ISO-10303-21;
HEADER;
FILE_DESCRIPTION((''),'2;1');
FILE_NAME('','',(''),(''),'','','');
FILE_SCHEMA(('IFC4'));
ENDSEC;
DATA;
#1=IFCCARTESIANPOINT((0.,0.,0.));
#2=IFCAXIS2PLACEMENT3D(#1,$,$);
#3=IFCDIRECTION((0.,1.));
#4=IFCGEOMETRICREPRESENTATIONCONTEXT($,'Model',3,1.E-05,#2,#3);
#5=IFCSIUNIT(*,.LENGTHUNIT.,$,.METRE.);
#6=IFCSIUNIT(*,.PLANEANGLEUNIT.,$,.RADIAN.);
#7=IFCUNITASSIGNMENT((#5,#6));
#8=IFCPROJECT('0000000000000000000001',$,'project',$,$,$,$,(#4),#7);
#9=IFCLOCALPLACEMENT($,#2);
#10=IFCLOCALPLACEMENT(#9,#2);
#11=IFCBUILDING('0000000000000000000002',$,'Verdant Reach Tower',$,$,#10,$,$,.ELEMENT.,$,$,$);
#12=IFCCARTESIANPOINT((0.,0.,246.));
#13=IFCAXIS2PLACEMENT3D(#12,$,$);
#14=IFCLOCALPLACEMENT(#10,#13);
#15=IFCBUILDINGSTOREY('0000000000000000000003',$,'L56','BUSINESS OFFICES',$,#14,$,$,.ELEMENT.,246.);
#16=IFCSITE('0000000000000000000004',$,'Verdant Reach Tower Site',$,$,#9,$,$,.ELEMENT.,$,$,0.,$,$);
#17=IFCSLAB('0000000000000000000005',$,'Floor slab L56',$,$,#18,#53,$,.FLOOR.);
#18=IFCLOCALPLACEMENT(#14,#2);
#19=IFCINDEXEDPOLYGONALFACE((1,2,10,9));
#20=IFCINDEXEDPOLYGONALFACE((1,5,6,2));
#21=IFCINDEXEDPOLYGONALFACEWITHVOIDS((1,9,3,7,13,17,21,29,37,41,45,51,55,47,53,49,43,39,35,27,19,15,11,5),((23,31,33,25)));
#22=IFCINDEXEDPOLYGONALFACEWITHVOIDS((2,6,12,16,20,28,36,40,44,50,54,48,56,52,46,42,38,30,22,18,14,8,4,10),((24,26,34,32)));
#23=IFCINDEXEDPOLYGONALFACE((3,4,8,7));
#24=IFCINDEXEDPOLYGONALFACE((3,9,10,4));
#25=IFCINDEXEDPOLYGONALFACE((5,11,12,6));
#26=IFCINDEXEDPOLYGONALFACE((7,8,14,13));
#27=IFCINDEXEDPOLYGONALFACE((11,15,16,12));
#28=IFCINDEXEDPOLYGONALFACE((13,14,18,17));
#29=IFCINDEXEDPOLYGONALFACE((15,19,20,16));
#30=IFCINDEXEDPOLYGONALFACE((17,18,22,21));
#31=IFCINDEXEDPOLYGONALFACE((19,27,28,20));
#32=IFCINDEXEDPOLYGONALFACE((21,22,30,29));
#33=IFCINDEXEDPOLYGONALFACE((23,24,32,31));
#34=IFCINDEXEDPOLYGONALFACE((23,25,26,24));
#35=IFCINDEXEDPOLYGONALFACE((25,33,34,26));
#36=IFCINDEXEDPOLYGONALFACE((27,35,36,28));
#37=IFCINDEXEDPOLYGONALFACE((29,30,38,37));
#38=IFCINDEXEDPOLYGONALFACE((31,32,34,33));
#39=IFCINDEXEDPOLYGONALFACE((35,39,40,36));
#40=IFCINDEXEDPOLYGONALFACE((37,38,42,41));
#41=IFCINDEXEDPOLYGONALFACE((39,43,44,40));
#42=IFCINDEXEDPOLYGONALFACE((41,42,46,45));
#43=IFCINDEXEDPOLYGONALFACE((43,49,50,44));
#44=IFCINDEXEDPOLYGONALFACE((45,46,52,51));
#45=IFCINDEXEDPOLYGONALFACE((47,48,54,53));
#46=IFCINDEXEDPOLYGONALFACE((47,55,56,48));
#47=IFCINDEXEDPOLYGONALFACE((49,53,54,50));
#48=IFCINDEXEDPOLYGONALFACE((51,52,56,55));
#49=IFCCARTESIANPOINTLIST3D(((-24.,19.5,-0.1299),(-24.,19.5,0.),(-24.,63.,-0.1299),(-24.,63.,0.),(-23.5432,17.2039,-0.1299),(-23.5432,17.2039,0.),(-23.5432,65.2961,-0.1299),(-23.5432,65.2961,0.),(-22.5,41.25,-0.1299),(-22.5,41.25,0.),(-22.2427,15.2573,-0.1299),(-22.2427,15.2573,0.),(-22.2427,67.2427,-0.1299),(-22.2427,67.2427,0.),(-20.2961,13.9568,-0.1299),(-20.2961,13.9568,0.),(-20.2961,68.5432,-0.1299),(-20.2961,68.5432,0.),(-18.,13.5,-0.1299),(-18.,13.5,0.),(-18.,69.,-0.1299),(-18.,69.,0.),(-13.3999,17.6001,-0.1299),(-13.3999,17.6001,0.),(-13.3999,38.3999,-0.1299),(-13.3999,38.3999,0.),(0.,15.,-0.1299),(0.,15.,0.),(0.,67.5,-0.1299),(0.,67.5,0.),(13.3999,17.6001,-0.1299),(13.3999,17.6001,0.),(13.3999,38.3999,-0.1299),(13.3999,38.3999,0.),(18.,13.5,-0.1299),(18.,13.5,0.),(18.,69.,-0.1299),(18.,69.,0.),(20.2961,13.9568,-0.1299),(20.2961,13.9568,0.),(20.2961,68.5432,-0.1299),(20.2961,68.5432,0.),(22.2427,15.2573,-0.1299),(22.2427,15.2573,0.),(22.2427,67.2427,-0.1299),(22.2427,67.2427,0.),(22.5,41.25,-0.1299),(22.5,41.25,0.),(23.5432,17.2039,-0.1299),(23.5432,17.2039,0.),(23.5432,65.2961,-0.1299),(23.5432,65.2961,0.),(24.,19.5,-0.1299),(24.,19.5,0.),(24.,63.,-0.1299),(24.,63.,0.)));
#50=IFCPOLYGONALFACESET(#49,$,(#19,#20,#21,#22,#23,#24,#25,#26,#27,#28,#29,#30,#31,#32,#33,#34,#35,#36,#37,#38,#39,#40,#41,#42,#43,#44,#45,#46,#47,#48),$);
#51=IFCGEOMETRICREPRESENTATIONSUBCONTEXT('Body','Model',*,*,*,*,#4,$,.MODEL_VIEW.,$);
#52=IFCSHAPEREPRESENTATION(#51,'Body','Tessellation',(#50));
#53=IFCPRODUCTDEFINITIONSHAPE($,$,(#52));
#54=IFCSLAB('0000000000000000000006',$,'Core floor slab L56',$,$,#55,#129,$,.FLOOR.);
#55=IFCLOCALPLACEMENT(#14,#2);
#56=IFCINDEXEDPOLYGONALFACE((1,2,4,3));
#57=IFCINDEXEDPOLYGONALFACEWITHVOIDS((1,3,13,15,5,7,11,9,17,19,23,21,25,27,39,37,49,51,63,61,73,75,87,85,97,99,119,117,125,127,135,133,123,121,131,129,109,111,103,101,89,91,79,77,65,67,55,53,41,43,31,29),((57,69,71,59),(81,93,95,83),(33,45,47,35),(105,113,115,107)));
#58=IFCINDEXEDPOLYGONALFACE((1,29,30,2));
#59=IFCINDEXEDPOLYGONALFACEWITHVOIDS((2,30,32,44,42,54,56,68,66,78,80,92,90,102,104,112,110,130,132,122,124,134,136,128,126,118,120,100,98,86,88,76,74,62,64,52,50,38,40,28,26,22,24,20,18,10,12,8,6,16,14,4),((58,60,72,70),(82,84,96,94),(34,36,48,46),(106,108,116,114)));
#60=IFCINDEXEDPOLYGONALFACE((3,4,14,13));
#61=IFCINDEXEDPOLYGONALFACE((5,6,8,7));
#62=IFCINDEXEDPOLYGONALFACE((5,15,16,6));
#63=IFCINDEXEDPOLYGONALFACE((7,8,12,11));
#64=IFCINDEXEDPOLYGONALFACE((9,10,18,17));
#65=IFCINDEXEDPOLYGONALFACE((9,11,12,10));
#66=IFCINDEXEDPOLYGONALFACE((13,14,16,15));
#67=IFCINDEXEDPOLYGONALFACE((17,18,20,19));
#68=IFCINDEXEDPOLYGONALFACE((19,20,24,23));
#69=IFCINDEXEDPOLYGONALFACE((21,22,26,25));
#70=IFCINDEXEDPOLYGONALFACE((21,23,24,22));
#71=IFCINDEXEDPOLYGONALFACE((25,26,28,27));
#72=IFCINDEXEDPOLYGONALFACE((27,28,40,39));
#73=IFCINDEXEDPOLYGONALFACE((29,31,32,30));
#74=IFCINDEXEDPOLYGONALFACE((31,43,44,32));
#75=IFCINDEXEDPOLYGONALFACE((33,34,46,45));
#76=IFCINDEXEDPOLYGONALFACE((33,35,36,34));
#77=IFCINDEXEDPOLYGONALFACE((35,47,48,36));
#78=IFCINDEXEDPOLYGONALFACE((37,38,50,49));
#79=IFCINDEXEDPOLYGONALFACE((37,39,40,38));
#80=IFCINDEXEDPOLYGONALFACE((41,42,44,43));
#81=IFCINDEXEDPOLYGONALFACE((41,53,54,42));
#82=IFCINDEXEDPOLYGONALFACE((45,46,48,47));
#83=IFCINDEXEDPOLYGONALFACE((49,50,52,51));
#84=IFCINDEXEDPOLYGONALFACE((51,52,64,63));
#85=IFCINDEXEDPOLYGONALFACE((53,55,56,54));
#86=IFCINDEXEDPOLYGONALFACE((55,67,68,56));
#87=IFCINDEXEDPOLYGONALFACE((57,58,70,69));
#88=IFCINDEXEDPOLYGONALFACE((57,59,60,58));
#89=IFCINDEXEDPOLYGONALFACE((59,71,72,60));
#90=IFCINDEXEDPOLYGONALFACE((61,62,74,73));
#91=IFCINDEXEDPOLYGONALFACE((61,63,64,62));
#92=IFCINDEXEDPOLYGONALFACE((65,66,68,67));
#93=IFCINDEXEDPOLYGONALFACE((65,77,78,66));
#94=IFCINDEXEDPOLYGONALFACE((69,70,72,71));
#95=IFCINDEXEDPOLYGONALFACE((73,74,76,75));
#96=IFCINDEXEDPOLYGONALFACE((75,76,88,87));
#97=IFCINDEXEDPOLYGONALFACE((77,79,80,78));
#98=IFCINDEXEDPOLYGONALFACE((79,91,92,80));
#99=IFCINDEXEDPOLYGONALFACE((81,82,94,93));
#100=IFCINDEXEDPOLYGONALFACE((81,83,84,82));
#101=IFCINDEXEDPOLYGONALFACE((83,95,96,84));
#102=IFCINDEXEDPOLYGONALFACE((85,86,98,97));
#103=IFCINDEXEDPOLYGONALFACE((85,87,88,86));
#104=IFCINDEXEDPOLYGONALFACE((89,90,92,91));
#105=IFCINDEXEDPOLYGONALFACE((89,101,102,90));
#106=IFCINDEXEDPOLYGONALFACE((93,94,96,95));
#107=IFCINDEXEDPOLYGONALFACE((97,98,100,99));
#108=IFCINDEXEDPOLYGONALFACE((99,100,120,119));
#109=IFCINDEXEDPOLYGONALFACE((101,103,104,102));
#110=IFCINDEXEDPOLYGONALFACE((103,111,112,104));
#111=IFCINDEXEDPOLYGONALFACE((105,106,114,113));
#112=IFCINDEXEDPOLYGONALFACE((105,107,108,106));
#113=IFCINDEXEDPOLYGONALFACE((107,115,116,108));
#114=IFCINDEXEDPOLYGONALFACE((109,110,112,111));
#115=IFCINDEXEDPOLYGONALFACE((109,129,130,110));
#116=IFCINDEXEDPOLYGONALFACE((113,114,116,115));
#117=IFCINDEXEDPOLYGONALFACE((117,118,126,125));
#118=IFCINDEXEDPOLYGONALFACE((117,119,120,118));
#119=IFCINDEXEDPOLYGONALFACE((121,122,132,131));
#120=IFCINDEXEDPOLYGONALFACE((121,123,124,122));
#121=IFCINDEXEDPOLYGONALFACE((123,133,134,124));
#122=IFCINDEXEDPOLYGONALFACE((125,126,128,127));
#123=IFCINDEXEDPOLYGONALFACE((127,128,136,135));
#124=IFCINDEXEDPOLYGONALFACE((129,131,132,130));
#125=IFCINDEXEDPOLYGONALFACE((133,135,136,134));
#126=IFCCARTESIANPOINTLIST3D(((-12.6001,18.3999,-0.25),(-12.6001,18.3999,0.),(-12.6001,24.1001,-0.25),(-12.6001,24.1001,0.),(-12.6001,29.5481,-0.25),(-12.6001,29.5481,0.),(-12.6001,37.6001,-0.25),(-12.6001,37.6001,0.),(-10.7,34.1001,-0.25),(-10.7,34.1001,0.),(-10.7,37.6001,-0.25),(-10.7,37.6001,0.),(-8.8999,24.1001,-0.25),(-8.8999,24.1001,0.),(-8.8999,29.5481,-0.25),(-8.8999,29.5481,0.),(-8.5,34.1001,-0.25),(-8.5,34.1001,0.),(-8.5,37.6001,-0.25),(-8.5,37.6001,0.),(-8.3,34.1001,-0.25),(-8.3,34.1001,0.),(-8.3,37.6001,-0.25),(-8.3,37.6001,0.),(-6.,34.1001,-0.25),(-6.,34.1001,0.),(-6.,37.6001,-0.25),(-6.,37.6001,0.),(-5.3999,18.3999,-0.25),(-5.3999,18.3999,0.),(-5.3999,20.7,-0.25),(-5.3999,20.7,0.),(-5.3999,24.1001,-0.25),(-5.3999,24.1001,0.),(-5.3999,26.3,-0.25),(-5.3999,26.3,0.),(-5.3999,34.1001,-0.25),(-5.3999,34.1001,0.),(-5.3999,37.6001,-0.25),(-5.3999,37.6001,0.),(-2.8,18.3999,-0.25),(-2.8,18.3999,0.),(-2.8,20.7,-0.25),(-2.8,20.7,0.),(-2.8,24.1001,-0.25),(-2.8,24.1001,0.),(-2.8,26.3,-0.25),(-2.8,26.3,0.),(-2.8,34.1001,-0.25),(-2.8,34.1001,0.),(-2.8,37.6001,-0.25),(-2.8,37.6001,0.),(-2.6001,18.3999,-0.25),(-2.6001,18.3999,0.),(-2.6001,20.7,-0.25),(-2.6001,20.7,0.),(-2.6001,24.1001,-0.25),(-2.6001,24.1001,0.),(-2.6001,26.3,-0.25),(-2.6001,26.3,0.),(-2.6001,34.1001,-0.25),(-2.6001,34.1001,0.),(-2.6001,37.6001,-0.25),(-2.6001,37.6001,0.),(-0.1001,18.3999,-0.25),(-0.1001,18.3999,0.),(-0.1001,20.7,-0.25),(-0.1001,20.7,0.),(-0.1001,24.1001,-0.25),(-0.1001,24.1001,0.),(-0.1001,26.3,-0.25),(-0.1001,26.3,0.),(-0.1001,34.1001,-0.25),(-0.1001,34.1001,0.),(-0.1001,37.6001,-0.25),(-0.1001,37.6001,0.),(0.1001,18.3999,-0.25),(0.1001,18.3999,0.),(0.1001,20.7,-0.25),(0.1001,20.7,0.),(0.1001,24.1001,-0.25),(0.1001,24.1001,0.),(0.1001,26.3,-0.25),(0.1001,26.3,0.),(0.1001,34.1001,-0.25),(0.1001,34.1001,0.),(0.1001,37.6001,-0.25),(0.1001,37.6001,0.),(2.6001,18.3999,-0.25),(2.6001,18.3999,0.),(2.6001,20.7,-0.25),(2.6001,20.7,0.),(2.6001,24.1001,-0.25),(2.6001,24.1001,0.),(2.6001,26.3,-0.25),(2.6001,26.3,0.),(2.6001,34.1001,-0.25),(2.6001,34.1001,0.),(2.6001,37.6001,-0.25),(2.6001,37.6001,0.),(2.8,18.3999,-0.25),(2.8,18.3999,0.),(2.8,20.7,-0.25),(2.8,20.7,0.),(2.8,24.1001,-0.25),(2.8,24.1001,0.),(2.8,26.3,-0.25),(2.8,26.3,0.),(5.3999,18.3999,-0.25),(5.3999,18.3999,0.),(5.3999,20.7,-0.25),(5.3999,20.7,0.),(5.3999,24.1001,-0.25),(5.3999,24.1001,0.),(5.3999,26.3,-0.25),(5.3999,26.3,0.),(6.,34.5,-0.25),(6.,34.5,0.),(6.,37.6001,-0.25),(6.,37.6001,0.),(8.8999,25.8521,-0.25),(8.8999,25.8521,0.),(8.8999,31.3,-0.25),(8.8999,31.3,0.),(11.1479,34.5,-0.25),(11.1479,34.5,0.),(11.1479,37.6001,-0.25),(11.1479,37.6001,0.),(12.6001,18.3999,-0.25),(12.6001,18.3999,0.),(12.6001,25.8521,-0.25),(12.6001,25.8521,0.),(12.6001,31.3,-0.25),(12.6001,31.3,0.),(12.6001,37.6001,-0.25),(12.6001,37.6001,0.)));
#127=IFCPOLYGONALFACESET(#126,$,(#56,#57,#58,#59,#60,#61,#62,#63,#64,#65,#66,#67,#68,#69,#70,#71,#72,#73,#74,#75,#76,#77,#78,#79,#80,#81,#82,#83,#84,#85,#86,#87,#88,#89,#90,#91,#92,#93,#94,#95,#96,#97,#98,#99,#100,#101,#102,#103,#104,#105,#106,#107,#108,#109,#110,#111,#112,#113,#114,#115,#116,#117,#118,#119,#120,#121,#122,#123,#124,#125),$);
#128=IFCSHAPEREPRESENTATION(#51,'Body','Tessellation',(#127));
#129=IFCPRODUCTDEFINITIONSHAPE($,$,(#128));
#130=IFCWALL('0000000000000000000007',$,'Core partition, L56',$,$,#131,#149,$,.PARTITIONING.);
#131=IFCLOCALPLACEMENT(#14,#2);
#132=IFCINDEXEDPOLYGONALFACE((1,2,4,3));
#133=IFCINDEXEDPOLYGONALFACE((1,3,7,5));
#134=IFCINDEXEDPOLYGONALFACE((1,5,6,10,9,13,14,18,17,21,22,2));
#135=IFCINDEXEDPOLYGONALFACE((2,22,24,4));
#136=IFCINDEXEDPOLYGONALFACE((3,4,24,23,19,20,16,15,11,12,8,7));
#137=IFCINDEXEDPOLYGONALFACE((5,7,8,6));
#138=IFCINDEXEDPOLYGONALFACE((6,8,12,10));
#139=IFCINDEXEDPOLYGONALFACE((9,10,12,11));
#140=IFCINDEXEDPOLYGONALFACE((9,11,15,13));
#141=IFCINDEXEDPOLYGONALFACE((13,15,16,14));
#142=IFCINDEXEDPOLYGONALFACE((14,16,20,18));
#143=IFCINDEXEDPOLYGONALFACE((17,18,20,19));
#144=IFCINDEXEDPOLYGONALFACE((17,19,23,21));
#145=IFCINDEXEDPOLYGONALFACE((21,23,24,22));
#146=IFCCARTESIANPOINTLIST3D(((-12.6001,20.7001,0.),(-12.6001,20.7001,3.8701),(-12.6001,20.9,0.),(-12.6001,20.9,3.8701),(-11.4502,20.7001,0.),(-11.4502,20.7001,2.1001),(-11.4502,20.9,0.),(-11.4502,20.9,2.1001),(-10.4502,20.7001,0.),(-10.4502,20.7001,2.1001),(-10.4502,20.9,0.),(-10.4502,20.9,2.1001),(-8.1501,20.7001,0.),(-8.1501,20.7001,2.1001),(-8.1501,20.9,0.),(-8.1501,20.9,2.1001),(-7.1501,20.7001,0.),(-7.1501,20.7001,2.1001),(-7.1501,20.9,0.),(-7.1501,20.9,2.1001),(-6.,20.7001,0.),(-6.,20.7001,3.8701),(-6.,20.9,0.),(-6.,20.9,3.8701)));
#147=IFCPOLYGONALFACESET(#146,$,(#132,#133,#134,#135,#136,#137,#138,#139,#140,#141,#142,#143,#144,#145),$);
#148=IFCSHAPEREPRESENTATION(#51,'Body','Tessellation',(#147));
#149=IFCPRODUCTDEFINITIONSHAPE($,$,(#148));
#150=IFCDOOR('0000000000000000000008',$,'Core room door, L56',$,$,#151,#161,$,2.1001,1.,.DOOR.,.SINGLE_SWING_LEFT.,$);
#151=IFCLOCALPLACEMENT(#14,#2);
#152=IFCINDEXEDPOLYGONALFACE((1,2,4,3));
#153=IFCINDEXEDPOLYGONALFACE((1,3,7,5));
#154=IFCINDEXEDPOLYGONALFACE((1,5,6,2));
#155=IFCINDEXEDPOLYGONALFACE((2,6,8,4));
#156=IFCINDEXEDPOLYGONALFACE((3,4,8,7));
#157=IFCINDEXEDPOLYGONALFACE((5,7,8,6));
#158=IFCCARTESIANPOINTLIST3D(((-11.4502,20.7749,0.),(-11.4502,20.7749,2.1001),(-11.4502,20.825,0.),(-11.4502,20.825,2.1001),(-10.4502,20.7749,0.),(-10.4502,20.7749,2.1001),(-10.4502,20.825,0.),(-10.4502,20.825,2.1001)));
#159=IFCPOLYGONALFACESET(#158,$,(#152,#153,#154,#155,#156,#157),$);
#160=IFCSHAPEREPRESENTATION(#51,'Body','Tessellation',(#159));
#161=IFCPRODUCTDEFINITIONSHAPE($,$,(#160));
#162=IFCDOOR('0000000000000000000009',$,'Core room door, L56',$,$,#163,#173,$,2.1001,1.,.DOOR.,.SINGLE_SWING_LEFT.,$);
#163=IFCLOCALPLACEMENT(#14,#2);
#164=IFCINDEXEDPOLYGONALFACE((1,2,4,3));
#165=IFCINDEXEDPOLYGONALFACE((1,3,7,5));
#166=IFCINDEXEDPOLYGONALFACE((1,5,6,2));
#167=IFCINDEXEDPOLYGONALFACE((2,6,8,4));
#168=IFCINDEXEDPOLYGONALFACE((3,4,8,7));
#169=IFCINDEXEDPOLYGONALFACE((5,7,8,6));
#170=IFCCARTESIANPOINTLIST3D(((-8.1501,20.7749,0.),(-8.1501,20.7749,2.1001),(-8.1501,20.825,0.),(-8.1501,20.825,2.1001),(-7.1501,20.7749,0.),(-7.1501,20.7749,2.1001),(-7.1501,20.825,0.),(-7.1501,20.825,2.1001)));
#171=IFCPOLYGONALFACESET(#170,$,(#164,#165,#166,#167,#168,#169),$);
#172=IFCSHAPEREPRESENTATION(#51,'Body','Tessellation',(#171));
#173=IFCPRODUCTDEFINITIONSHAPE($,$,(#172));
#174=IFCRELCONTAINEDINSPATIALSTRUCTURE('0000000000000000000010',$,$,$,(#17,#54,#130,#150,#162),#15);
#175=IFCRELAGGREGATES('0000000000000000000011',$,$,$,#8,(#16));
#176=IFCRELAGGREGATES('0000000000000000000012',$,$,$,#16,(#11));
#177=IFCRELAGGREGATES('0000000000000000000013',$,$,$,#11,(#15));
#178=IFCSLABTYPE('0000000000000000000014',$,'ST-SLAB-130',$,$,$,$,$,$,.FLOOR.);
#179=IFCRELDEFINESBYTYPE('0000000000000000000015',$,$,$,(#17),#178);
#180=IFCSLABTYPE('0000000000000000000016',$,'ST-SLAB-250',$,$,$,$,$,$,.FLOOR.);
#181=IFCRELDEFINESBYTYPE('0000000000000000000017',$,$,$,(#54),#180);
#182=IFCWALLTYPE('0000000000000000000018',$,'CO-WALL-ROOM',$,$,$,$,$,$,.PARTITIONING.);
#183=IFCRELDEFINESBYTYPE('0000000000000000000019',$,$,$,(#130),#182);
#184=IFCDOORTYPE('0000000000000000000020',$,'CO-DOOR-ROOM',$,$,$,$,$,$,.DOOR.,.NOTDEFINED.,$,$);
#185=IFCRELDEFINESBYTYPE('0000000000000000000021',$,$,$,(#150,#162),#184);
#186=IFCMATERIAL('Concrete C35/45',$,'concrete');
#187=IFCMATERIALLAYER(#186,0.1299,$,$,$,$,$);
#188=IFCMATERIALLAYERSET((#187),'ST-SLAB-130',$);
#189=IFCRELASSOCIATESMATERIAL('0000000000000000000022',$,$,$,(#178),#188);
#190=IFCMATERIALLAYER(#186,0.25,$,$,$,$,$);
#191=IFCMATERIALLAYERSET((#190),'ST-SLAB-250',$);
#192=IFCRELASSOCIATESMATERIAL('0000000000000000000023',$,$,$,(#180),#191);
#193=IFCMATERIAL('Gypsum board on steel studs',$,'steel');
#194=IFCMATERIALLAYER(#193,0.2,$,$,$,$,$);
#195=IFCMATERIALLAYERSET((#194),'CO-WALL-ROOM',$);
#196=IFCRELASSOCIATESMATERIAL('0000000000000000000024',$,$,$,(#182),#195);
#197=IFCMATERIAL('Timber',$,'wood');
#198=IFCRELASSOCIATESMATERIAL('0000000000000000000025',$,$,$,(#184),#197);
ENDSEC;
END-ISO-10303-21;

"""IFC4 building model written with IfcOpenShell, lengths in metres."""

from ifc_helpers import new_model, si_unit, direction, frame, frame_2d, origin, place, context, subcontext, project, spatial, polyline, rectangle, outline, extrude, material, layer, layer_set, type_object, element, fill, save


model = new_model("IFC4")

# Units and contexts
model_context = context("Model", 3, precision=1e-05, world=origin(), true_north=direction((0.0, 1.0)))
body_context = subcontext(model_context, "Body", "Model", "MODEL_VIEW")
ifc_project = project(units=[si_unit("LENGTHUNIT", "METRE"), si_unit("PLANEANGLEUNIT", "RADIAN")], contexts=[model_context])

# Site, building, storey
site_placement = place(None, origin())
site = spatial("IfcSite", under=ifc_project, at=site_placement, Name="Verdant Reach Tower Site", CompositionType="ELEMENT", RefElevation=0.0)
building_placement = place(site_placement, origin())
building = spatial("IfcBuilding", under=site, at=building_placement, Name="Verdant Reach Tower", CompositionType="ELEMENT")
storey_placement = place(building_placement, frame((0.0, 0.0, 246.0)))
storey = spatial("IfcBuildingStorey", under=building, at=storey_placement, Name="L56", Description="BUSINESS OFFICES", CompositionType="ELEMENT", Elevation=246.0)

# Slabs
ifc_material_1 = material(Name="Concrete C35/45", Category="concrete")
ifc_layer_1 = layer(ifc_material_1, 0.1299)
ifc_layer_set_1 = layer_set([ifc_layer_1], Name="ST-SLAB-130")
slab_type_1 = type_object("IfcSlabType", Name="ST-SLAB-130", PredefinedType="FLOOR", material=ifc_layer_set_1)
slab_1_placement = place(storey_placement, frame((0.0, 0.0, -0.1299)))
element("IfcSlab", 1, at=slab_1_placement, inside=storey, type_object=slab_type_1, Name="Floor slab L56", PredefinedType="FLOOR", context=body_context, shape_type="SweptSolid", body=[
    extrude(outline(polyline([(0.0, 15.0), (-18.0, 13.5), (-20.2961, 13.9568), (-22.2427, 15.2573), (-23.5432, 17.2039), (-24.0, 19.5), (-22.5, 41.25), (-24.0, 63.0), (-23.5432, 65.2961), (-22.2427, 67.2427), (-20.2961, 68.5432), (-18.0, 69.0), (0.0, 67.5), (18.0, 69.0), (20.2961, 68.5432), (22.2427, 67.2427), (23.5432, 65.2961), (24.0, 63.0), (22.5, 41.25), (24.0, 19.5), (23.5432, 17.2039), (22.2427, 15.2573), (20.2961, 13.9568), (18.0, 13.5), (0.0, 15.0)]), holes=[polyline([(13.3999, 38.3999), (-13.3999, 38.3999), (-13.3999, 17.6001), (13.3999, 17.6001), (13.3999, 38.3999)])]), origin(), (0.0, 0.0, 1.0), 0.1299),
])
ifc_layer_2 = layer(ifc_material_1, 0.25)
ifc_layer_set_2 = layer_set([ifc_layer_2], Name="ST-SLAB-250")
slab_type_2 = type_object("IfcSlabType", Name="ST-SLAB-250", PredefinedType="FLOOR", material=ifc_layer_set_2)
slab_2_placement = place(storey_placement, frame((0.0, 0.0, -0.25)))
element("IfcSlab", 2, at=slab_2_placement, inside=storey, type_object=slab_type_2, Name="Core floor slab L56", PredefinedType="FLOOR", context=body_context, shape_type="SweptSolid", body=[
    extrude(outline(polyline([(12.6001, 18.3999), (5.3999, 18.3999), (5.3999, 20.7), (2.8, 20.7), (2.8, 18.3999), (2.6001, 18.3999), (2.6001, 20.7), (0.1001, 20.7), (0.1001, 18.3999), (-0.1001, 18.3999), (-0.1001, 20.7), (-2.6001, 20.7), (-2.6001, 18.3999), (-2.8, 18.3999), (-2.8, 20.7), (-5.3999, 20.7), (-5.3999, 18.3999), (-12.6001, 18.3999), (-12.6001, 24.1001), (-8.8999, 24.1001), (-8.8999, 29.5481), (-12.6001, 29.5481), (-12.6001, 37.6001), (-10.7, 37.6001), (-10.7, 34.1001), (-8.5, 34.1001), (-8.5, 37.6001), (-8.3, 37.6001), (-8.3, 34.1001), (-6.0, 34.1001), (-6.0, 37.6001), (-5.3999, 37.6001), (-5.3999, 34.1001), (-2.8, 34.1001), (-2.8, 37.6001), (-2.6001, 37.6001), (-2.6001, 34.1001), (-0.1001, 34.1001), (-0.1001, 37.6001), (0.1001, 37.6001), (0.1001, 34.1001), (2.6001, 34.1001), (2.6001, 37.6001), (6.0, 37.6001), (6.0, 34.5), (11.1479, 34.5), (11.1479, 37.6001), (12.6001, 37.6001), (12.6001, 31.3), (8.8999, 31.3), (8.8999, 25.8521), (12.6001, 25.8521), (12.6001, 18.3999)]), holes=[polyline([(-2.8, 24.1001), (-2.8, 26.3), (-5.3999, 26.3), (-5.3999, 24.1001), (-2.8, 24.1001)]), polyline([(-0.1001, 24.1001), (-0.1001, 26.3), (-2.6001, 26.3), (-2.6001, 24.1001), (-0.1001, 24.1001)]), polyline([(2.6001, 24.1001), (2.6001, 26.3), (0.1001, 26.3), (0.1001, 24.1001), (2.6001, 24.1001)]), polyline([(5.3999, 24.1001), (5.3999, 26.3), (2.8, 26.3), (2.8, 24.1001), (5.3999, 24.1001)])]), origin(), (0.0, 0.0, 1.0), 0.25),
])

# Wall, openings, doors
ifc_material_2 = material(Name="Gypsum board on steel studs", Category="steel")
ifc_layer_3 = layer(ifc_material_2, 0.2)
ifc_layer_set_3 = layer_set([ifc_layer_3], Name="CO-WALL-ROOM")
wall_type_1 = type_object("IfcWallType", Name="CO-WALL-ROOM", PredefinedType="PARTITIONING", material=ifc_layer_set_3)
wall_1_placement = place(storey_placement, frame((-12.6001, 20.8, 0.0), z_axis=(0.0, 0.0, 1.0), x_axis=(1.0, 0.0, 0.0)))
wall_1 = element("IfcWall", 3, at=wall_1_placement, inside=storey, type_object=wall_type_1, Name="Core partition, L56", PredefinedType="PARTITIONING", context=body_context, shape_type="SweptSolid", body=[
    extrude(rectangle(XDim=6.6001, YDim=0.2, at=frame_2d((3.3, 0.0))), origin(), (0.0, 0.0, 1.0), 3.8701),
])
opening_1_placement = place(wall_1_placement, frame((1.1499, 0.0, 0.0)))
opening_1 = element("IfcOpeningElement", 4, at=opening_1_placement, cuts=wall_1, PredefinedType="OPENING", context=body_context, shape_type="SweptSolid", body=[
    extrude(rectangle(XDim=1.0, YDim=2.1001, at=frame_2d((0.5, 1.05))), frame((0.0, 0.1099, 0.0), z_axis=(0.0, -1.0, 0.0), x_axis=(1.0, 0.0, 0.0)), (0.0, 0.0, 1.0), 0.22),
])
opening_2_placement = place(wall_1_placement, frame((4.45, 0.0, 0.0)))
opening_2 = element("IfcOpeningElement", 5, at=opening_2_placement, cuts=wall_1, PredefinedType="OPENING", context=body_context, shape_type="SweptSolid", body=[
    extrude(rectangle(XDim=1.0, YDim=2.1001, at=frame_2d((0.5, 1.05))), frame((0.0, 0.1099, 0.0), z_axis=(0.0, -1.0, 0.0), x_axis=(1.0, 0.0, 0.0)), (0.0, 0.0, 1.0), 0.22),
])
ifc_material_3 = material(Name="Timber", Category="wood")
door_type_1 = type_object("IfcDoorType", Name="CO-DOOR-ROOM", OperationType="NOTDEFINED", PredefinedType="DOOR", material=ifc_material_3)
door_1_placement = place(opening_1_placement, origin())
door_1 = element("IfcDoor", 6, at=door_1_placement, inside=storey, type_object=door_type_1, Name="Core room door, L56", OperationType="SINGLE_SWING_LEFT", OverallHeight=2.1001, OverallWidth=1.0, PredefinedType="DOOR", context=body_context, shape_type="SweptSolid", body=[
    extrude(rectangle(XDim=1.0, YDim=2.1001, at=frame_2d((0.5, 1.05))), frame((0.0, 0.0249, 0.0), z_axis=(0.0, -1.0, 0.0), x_axis=(1.0, 0.0, 0.0)), (0.0, 0.0, 1.0), 0.05),
])
fill(opening_1, door_1)
door_2_placement = place(opening_2_placement, origin())
door_2 = element("IfcDoor", 7, at=door_2_placement, inside=storey, type_object=door_type_1, Name="Core room door, L56", OperationType="SINGLE_SWING_LEFT", OverallHeight=2.1001, OverallWidth=1.0, PredefinedType="DOOR", context=body_context, shape_type="SweptSolid", body=[
    extrude(rectangle(XDim=1.0, YDim=2.1001, at=frame_2d((0.5, 1.05))), frame((0.0, 0.0249, 0.0), z_axis=(0.0, -1.0, 0.0), x_axis=(1.0, 0.0, 0.0)), (0.0, 0.0, 1.0), 0.05),
])
fill(opening_2, door_2)

save(model, "model.ifc")
